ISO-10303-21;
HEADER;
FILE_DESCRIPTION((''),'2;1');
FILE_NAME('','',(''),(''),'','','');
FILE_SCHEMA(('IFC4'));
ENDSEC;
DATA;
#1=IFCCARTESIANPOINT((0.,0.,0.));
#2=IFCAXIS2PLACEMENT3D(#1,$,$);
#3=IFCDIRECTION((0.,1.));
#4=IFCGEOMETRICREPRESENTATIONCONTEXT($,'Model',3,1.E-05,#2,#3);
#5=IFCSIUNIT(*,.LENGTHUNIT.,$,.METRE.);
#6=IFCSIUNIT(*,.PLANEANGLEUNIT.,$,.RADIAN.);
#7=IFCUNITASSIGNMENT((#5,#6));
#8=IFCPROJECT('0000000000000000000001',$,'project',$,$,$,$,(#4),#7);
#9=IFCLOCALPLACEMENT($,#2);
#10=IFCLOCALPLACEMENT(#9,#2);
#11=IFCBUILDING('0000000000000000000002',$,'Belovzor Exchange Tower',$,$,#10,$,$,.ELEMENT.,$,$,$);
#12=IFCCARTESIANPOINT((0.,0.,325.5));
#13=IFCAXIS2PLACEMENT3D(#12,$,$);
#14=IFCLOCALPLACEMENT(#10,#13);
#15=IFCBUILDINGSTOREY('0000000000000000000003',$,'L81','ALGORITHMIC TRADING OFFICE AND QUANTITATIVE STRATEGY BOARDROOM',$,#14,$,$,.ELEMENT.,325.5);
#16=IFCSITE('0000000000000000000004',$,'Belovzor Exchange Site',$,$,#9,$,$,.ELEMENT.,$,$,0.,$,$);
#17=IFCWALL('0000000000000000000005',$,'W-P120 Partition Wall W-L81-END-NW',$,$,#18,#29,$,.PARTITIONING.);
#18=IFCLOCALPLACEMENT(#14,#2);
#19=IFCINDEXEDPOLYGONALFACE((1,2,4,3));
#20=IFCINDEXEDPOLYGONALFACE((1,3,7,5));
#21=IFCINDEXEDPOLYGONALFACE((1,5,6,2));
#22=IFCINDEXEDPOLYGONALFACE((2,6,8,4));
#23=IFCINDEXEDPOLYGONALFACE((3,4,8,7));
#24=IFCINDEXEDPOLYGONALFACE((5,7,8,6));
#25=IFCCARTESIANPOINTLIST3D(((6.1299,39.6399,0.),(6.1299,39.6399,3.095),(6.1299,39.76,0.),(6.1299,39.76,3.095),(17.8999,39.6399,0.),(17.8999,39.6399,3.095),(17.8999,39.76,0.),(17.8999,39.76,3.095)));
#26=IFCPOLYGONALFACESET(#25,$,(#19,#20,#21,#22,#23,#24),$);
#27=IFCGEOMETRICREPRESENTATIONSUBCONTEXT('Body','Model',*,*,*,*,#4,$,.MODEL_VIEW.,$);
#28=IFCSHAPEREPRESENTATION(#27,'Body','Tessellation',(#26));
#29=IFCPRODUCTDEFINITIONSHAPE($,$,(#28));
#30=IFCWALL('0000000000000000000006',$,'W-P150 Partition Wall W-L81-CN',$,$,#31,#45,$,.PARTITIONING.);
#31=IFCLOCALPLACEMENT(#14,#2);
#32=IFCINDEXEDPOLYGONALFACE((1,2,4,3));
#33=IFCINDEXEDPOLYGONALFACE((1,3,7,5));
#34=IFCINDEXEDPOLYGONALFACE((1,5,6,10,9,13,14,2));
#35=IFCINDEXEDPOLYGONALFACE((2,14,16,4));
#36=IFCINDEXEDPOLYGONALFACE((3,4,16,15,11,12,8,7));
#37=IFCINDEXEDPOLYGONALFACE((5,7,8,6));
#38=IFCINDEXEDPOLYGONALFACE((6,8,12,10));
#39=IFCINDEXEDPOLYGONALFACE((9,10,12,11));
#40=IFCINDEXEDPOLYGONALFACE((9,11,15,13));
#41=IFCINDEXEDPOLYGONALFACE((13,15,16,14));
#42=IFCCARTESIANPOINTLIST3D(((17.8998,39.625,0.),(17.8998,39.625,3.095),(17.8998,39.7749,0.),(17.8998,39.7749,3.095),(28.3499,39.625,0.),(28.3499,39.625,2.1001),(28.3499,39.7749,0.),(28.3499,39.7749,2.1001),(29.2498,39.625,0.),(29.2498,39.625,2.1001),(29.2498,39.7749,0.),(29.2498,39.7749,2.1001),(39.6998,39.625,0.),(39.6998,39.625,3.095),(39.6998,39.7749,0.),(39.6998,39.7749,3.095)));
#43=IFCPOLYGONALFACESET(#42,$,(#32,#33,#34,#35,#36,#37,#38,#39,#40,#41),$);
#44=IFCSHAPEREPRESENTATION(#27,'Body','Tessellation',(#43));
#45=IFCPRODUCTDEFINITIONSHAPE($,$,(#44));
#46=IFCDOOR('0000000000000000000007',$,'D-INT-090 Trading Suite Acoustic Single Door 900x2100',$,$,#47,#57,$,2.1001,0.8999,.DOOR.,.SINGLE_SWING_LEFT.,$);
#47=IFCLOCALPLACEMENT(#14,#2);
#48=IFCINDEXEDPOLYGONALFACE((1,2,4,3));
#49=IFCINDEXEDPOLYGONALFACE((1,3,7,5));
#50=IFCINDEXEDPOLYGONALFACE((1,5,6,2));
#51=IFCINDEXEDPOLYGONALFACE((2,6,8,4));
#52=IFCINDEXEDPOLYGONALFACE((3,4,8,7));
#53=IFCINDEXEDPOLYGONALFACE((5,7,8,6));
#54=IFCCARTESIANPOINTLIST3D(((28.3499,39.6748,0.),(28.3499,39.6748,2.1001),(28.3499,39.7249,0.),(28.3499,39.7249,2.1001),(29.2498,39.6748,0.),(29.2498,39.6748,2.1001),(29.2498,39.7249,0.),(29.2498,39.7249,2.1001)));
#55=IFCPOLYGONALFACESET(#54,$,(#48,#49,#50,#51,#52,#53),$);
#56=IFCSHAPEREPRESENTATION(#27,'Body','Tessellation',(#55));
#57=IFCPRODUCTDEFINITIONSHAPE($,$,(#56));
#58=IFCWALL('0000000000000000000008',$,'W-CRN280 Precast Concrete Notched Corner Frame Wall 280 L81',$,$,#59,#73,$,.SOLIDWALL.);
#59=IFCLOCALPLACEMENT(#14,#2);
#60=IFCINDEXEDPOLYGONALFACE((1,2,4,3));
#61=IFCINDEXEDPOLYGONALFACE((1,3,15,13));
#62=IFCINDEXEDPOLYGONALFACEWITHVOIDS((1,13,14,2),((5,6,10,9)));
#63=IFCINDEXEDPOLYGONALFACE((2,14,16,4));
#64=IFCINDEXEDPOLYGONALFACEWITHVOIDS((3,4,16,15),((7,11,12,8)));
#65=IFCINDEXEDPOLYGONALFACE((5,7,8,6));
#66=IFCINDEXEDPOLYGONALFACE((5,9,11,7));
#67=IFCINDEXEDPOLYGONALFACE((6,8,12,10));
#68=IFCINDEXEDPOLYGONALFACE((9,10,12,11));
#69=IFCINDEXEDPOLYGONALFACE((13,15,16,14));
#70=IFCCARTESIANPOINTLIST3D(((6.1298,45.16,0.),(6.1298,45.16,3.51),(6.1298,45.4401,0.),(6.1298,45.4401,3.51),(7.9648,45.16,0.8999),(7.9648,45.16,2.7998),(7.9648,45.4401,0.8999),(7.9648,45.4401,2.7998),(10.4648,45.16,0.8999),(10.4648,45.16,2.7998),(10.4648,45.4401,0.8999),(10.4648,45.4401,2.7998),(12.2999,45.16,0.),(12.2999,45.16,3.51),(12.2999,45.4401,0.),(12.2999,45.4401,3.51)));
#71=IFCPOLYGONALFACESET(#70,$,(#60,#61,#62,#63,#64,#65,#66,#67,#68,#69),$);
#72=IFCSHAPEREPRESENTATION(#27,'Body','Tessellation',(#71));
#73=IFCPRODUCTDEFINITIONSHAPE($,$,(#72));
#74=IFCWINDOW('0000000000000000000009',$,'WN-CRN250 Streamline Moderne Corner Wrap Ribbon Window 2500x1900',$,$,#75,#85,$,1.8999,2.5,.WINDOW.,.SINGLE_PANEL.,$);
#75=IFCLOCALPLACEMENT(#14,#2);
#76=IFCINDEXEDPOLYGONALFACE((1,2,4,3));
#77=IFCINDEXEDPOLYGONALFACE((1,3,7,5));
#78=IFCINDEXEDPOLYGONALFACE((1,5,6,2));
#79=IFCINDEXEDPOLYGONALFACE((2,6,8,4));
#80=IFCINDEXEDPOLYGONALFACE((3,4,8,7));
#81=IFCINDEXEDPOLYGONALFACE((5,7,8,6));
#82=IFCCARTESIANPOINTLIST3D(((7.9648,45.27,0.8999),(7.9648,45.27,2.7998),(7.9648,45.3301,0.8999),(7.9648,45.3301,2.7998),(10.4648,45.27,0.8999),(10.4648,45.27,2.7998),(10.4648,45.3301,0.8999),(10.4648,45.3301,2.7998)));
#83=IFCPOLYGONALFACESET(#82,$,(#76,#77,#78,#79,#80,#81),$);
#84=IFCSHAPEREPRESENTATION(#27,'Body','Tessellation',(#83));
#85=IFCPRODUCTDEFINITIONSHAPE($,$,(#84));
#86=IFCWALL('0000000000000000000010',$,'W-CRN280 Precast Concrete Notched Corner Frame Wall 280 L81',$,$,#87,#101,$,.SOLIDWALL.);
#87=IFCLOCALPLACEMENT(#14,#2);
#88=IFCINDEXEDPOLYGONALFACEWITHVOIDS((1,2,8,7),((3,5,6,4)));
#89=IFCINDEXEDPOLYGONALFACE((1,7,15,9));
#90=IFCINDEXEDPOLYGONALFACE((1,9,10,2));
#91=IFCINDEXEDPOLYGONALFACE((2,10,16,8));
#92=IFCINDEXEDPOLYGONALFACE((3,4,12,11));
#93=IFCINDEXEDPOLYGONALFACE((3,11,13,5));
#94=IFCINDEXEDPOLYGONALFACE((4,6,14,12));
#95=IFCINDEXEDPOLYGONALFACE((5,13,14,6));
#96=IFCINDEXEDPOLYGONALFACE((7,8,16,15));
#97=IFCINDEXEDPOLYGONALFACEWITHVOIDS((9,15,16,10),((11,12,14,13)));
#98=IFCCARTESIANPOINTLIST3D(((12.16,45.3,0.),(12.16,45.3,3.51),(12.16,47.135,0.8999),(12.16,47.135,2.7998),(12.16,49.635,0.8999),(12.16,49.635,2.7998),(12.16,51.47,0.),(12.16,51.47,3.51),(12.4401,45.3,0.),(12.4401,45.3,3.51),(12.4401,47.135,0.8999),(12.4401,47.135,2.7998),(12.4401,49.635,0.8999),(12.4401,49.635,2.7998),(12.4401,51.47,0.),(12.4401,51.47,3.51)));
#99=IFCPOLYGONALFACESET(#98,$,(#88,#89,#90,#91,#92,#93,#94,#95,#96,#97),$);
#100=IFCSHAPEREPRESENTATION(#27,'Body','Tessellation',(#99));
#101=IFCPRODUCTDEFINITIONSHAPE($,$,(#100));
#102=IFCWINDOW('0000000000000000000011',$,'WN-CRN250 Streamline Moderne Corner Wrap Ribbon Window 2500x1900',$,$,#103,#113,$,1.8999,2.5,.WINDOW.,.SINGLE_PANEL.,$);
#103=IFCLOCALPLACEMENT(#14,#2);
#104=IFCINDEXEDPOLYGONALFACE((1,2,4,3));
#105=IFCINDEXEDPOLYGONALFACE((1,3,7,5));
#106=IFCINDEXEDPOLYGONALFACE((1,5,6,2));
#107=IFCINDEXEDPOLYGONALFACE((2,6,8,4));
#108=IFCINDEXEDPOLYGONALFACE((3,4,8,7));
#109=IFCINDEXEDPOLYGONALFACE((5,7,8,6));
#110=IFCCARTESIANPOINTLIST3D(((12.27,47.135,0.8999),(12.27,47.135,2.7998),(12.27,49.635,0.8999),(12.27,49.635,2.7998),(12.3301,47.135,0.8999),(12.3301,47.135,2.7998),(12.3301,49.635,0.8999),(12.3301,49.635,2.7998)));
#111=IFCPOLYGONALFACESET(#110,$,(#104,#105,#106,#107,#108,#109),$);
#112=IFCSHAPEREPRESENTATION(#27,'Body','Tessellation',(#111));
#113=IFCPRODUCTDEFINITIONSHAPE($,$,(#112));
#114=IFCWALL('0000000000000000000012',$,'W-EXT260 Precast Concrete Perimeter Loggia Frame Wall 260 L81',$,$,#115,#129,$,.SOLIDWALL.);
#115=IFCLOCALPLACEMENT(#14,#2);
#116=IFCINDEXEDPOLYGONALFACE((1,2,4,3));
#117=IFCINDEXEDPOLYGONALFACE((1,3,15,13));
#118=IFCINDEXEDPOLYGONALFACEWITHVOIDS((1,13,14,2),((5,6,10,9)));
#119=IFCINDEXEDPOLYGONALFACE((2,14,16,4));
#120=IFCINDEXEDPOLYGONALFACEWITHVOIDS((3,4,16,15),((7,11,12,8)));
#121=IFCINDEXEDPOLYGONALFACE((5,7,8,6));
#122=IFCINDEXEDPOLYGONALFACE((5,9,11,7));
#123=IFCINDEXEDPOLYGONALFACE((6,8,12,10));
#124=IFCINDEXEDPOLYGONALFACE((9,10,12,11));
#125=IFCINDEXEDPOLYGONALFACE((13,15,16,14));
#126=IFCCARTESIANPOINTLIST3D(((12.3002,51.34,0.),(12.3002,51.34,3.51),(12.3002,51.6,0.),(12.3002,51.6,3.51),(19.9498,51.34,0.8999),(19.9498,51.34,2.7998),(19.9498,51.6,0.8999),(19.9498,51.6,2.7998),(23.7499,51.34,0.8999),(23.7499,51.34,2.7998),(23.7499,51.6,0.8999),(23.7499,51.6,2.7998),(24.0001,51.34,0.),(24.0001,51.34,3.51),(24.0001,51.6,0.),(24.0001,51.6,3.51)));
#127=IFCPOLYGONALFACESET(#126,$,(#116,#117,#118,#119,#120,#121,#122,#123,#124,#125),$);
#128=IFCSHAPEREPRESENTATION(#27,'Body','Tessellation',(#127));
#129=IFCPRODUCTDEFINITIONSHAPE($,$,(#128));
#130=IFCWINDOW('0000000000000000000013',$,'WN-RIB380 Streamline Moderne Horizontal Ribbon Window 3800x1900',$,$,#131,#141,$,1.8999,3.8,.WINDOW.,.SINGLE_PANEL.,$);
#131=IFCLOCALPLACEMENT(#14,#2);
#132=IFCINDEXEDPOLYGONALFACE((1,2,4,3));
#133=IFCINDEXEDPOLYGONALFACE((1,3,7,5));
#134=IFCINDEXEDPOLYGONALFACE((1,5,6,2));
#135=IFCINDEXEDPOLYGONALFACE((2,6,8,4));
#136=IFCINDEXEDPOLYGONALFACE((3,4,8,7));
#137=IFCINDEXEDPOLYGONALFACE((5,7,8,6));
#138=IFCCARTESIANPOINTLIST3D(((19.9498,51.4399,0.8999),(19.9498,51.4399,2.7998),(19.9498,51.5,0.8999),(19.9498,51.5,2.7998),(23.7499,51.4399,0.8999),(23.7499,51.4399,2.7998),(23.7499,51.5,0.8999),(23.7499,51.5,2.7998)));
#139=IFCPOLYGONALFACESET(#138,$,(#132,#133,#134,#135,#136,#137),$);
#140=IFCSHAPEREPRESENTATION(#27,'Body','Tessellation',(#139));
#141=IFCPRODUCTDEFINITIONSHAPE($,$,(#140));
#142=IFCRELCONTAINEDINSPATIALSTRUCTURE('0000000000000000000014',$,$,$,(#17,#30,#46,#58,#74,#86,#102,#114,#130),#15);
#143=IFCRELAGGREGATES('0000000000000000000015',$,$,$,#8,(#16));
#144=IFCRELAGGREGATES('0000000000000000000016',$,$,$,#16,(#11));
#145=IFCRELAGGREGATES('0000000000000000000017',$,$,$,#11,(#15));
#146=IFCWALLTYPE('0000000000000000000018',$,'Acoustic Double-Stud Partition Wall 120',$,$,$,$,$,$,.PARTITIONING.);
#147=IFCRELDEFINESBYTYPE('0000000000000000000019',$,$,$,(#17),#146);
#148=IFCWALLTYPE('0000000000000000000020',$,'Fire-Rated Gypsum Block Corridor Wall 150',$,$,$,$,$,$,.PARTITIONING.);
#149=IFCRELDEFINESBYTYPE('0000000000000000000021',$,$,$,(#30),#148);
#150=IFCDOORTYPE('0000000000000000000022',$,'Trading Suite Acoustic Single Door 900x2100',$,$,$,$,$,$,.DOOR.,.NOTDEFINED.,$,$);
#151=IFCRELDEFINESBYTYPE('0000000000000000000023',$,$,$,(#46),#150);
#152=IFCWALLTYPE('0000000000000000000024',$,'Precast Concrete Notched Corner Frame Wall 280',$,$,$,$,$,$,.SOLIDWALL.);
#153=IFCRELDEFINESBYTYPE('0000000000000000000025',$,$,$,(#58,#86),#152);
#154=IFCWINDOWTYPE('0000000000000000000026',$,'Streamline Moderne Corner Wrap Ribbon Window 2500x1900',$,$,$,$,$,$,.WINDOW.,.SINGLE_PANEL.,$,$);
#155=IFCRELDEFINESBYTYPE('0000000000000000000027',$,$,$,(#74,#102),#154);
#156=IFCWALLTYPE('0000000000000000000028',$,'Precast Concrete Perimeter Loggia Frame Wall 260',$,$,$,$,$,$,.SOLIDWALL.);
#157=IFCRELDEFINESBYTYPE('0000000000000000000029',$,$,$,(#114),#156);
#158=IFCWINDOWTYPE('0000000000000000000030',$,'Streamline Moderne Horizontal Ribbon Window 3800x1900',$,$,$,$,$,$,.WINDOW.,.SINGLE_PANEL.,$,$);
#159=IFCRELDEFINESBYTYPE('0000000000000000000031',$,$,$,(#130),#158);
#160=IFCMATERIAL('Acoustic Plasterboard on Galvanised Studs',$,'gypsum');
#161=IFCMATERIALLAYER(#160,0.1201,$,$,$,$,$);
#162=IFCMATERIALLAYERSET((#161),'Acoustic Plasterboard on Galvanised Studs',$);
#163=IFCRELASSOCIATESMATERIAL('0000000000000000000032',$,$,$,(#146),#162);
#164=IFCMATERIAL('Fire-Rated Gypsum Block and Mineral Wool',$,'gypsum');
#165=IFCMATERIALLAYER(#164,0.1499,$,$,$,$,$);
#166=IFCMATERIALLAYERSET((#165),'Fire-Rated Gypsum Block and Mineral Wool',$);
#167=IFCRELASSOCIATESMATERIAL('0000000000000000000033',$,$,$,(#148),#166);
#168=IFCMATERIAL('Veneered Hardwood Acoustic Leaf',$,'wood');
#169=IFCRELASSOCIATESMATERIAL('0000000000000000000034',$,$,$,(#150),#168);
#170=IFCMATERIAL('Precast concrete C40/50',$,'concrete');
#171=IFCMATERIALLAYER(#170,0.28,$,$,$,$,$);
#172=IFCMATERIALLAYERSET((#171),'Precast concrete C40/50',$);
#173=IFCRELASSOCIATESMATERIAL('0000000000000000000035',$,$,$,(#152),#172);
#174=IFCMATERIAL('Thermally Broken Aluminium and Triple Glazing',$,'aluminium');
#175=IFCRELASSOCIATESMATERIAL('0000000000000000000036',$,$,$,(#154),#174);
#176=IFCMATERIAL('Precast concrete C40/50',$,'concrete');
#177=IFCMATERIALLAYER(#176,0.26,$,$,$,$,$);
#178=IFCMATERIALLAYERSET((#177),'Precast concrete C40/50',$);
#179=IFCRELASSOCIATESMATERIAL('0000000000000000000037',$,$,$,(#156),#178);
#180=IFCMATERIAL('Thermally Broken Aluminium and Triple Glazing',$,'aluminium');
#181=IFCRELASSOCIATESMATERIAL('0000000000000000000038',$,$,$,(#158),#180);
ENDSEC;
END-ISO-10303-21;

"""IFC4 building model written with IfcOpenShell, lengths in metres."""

from ifc_helpers import new_model, si_unit, direction, frame, frame_2d, origin, place, context, subcontext, project, spatial, rectangle, extrude, material, layer, layer_set, type_object, element, fill, save


model = new_model("IFC4")

# Units and contexts
model_context = context("Model", 3, precision=1e-05, world=origin(), true_north=direction((0.0, 1.0)))
body_context = subcontext(model_context, "Body", "Model", "MODEL_VIEW")
ifc_project = project(units=[si_unit("LENGTHUNIT", "METRE"), si_unit("PLANEANGLEUNIT", "RADIAN")], contexts=[model_context])

# Site, building, storey
site_placement = place(None, origin())
site = spatial("IfcSite", under=ifc_project, at=site_placement, Name="Belovzor Exchange Site", CompositionType="ELEMENT", RefElevation=0.0)
building_placement = place(site_placement, origin())
building = spatial("IfcBuilding", under=site, at=building_placement, Name="Belovzor Exchange Tower", CompositionType="ELEMENT")
storey_placement = place(building_placement, frame((0.0, 0.0, 325.5)))
storey = spatial("IfcBuildingStorey", under=building, at=storey_placement, Name="L81", Description="ALGORITHMIC TRADING OFFICE AND QUANTITATIVE STRATEGY BOARDROOM", CompositionType="ELEMENT", Elevation=325.5)

# Wall
ifc_material_1 = material(Name="Acoustic Plasterboard on Galvanised Studs", Category="gypsum")
ifc_layer_1 = layer(ifc_material_1, 0.1201)
ifc_layer_set_1 = layer_set([ifc_layer_1], Name="Acoustic Plasterboard on Galvanised Studs")
wall_type_1 = type_object("IfcWallType", Name="Acoustic Double-Stud Partition Wall 120", PredefinedType="PARTITIONING", material=ifc_layer_set_1)
wall_1_placement = place(storey_placement, frame((6.1299, 39.7, 0.0), z_axis=(0.0, 0.0, 1.0), x_axis=(1.0, 0.0, 0.0)))
element("IfcWall", 1, at=wall_1_placement, inside=storey, type_object=wall_type_1, Name="W-P120 Partition Wall W-L81-END-NW", PredefinedType="PARTITIONING", context=body_context, shape_type="SweptSolid", body=[
    extrude(rectangle(XDim=11.77, YDim=0.1201, at=frame_2d((5.885, 0.0))), origin(), (0.0, 0.0, 1.0), 3.095),
])

# Wall, opening, door
ifc_material_2 = material(Name="Fire-Rated Gypsum Block and Mineral Wool", Category="gypsum")
ifc_layer_2 = layer(ifc_material_2, 0.1499)
ifc_layer_set_2 = layer_set([ifc_layer_2], Name="Fire-Rated Gypsum Block and Mineral Wool")
wall_type_2 = type_object("IfcWallType", Name="Fire-Rated Gypsum Block Corridor Wall 150", PredefinedType="PARTITIONING", material=ifc_layer_set_2)
wall_2_placement = place(storey_placement, frame((17.8999, 39.7, 0.0), z_axis=(0.0, 0.0, 1.0), x_axis=(1.0, 0.0, 0.0)))
wall_2 = element("IfcWall", 2, at=wall_2_placement, inside=storey, type_object=wall_type_2, Name="W-P150 Partition Wall W-L81-CN", PredefinedType="PARTITIONING", context=body_context, shape_type="SweptSolid", body=[
    extrude(rectangle(XDim=21.8, YDim=0.1499, at=frame_2d((10.8999, 0.0))), origin(), (0.0, 0.0, 1.0), 3.095),
])
opening_1_placement = place(wall_2_placement, frame((10.45, 0.0, 0.0)))
opening_1 = element("IfcOpeningElement", 3, at=opening_1_placement, cuts=wall_2, PredefinedType="OPENING", context=body_context, shape_type="SweptSolid", body=[
    extrude(rectangle(XDim=0.8999, YDim=2.1001, at=frame_2d((0.45, 1.05))), frame((0.0, 0.085, 0.0), z_axis=(0.0, -1.0, 0.0), x_axis=(1.0, 0.0, 0.0)), (0.0, 0.0, 1.0), 0.1699),
])
ifc_material_3 = material(Name="Veneered Hardwood Acoustic Leaf", Category="wood")
door_type = type_object("IfcDoorType", Name="Trading Suite Acoustic Single Door 900x2100", OperationType="NOTDEFINED", PredefinedType="DOOR", material=ifc_material_3)
door_placement = place(opening_1_placement, origin())
door = element("IfcDoor", 4, at=door_placement, inside=storey, type_object=door_type, Name="D-INT-090 Trading Suite Acoustic Single Door 900x2100", OperationType="SINGLE_SWING_LEFT", OverallHeight=2.1001, OverallWidth=0.8999, PredefinedType="DOOR", context=body_context, shape_type="SweptSolid", body=[
    extrude(rectangle(XDim=0.8999, YDim=2.1001, at=frame_2d((0.45, 1.05))), frame((0.0, 0.0249, 0.0), z_axis=(0.0, -1.0, 0.0), x_axis=(1.0, 0.0, 0.0)), (0.0, 0.0, 1.0), 0.05),
])
fill(opening_1, door)

# Walls, openings, windows
ifc_material_4 = material(Name="Precast concrete C40/50", Category="concrete")
ifc_layer_3 = layer(ifc_material_4, 0.28)
ifc_layer_set_3 = layer_set([ifc_layer_3], Name="Precast concrete C40/50")
wall_type_3 = type_object("IfcWallType", Name="Precast Concrete Notched Corner Frame Wall 280", PredefinedType="SOLIDWALL", material=ifc_layer_set_3)
wall_3_placement = place(storey_placement, frame((6.1299, 45.3, 0.0), z_axis=(0.0, 0.0, 1.0), x_axis=(1.0, 0.0, 0.0)))
wall_3 = element("IfcWall", 5, at=wall_3_placement, inside=storey, type_object=wall_type_3, Name="W-CRN280 Precast Concrete Notched Corner Frame Wall 280 L81", PredefinedType="SOLIDWALL", context=body_context, shape_type="SweptSolid", body=[
    extrude(rectangle(XDim=6.1702, YDim=0.28, at=frame_2d((3.085, 0.0))), origin(), (0.0, 0.0, 1.0), 3.51),
])
opening_2_placement = place(wall_3_placement, frame((1.835, 0.0, 0.8999)))
opening_2 = element("IfcOpeningElement", 6, at=opening_2_placement, cuts=wall_3, PredefinedType="OPENING", context=body_context, shape_type="SweptSolid", body=[
    extrude(rectangle(XDim=2.5, YDim=1.8999, at=frame_2d((1.25, 0.95))), frame((0.0, 0.1499, 0.0), z_axis=(0.0, -1.0, 0.0), x_axis=(1.0, 0.0, 0.0)), (0.0, 0.0, 1.0), 0.3),
])
ifc_material_5 = material(Name="Thermally Broken Aluminium and Triple Glazing", Category="aluminium")
window_type_1 = type_object("IfcWindowType", Name="Streamline Moderne Corner Wrap Ribbon Window 2500x1900", PartitioningType="SINGLE_PANEL", PredefinedType="WINDOW", material=ifc_material_5)
window_1_placement = place(opening_2_placement, origin())
window_1 = element("IfcWindow", 7, at=window_1_placement, inside=storey, type_object=window_type_1, Name="WN-CRN250 Streamline Moderne Corner Wrap Ribbon Window 2500x1900", OverallHeight=1.8999, OverallWidth=2.5, PartitioningType="SINGLE_PANEL", PredefinedType="WINDOW", context=body_context, shape_type="SweptSolid", body=[
    extrude(rectangle(XDim=2.5, YDim=1.8999, at=frame_2d((1.25, 0.95))), frame((0.0, 0.03, 0.0), z_axis=(0.0, -1.0, 0.0), x_axis=(1.0, 0.0, 0.0)), (0.0, 0.0, 1.0), 0.0601),
])
fill(opening_2, window_1)
wall_4_placement = place(storey_placement, frame((12.3, 45.3, 0.0), z_axis=(0.0, 0.0, 1.0), x_axis=(0.0, 1.0, 0.0)))
wall_4 = element("IfcWall", 8, at=wall_4_placement, inside=storey, type_object=wall_type_3, Name="W-CRN280 Precast Concrete Notched Corner Frame Wall 280 L81", PredefinedType="SOLIDWALL", context=body_context, shape_type="SweptSolid", body=[
    extrude(rectangle(XDim=6.1699, YDim=0.28, at=frame_2d((3.085, 0.0))), origin(), (0.0, 0.0, 1.0), 3.51),
])
opening_3_placement = place(wall_4_placement, frame((1.835, 0.0, 0.8999)))
opening_3 = element("IfcOpeningElement", 9, at=opening_3_placement, cuts=wall_4, PredefinedType="OPENING", context=body_context, shape_type="SweptSolid", body=[
    extrude(rectangle(XDim=2.5, YDim=1.8999, at=frame_2d((1.25, 0.95))), frame((0.0, 0.1499, 0.0), z_axis=(0.0, -1.0, 0.0), x_axis=(1.0, 0.0, 0.0)), (0.0, 0.0, 1.0), 0.3),
])
window_2_placement = place(opening_3_placement, origin())
window_2 = element("IfcWindow", 10, at=window_2_placement, inside=storey, type_object=window_type_1, Name="WN-CRN250 Streamline Moderne Corner Wrap Ribbon Window 2500x1900", OverallHeight=1.8999, OverallWidth=2.5, PartitioningType="SINGLE_PANEL", PredefinedType="WINDOW", context=body_context, shape_type="SweptSolid", body=[
    extrude(rectangle(XDim=2.5, YDim=1.8999, at=frame_2d((1.25, 0.95))), frame((0.0, 0.03, 0.0), z_axis=(0.0, -1.0, 0.0), x_axis=(1.0, 0.0, 0.0)), (0.0, 0.0, 1.0), 0.0601),
])
fill(opening_3, window_2)
ifc_material_6 = material(Name="Precast concrete C40/50", Category="concrete")
ifc_layer_4 = layer(ifc_material_6, 0.26)
ifc_layer_set_4 = layer_set([ifc_layer_4], Name="Precast concrete C40/50")
wall_type_4 = type_object("IfcWallType", Name="Precast Concrete Perimeter Loggia Frame Wall 260", PredefinedType="SOLIDWALL", material=ifc_layer_set_4)
wall_5_placement = place(storey_placement, frame((12.3, 51.47, 0.0), z_axis=(0.0, 0.0, 1.0), x_axis=(1.0, 0.0, 0.0)))
wall_5 = element("IfcWall", 11, at=wall_5_placement, inside=storey, type_object=wall_type_4, Name="W-EXT260 Precast Concrete Perimeter Loggia Frame Wall 260 L81", PredefinedType="SOLIDWALL", context=body_context, shape_type="SweptSolid", body=[
    extrude(rectangle(XDim=11.7, YDim=0.26, at=frame_2d((5.8501, 0.0))), origin(), (0.0, 0.0, 1.0), 3.51),
])
opening_4_placement = place(wall_5_placement, frame((7.6499, 0.0, 0.8999)))
opening_4 = element("IfcOpeningElement", 12, at=opening_4_placement, cuts=wall_5, PredefinedType="OPENING", context=body_context, shape_type="SweptSolid", body=[
    extrude(rectangle(XDim=3.8, YDim=1.8999, at=frame_2d((1.8999, 0.95))), frame((0.0, 0.1399, 0.0), z_axis=(0.0, -1.0, 0.0), x_axis=(1.0, 0.0, 0.0)), (0.0, 0.0, 1.0), 0.28),
])
ifc_material_7 = material(Name="Thermally Broken Aluminium and Triple Glazing", Category="aluminium")
window_type_2 = type_object("IfcWindowType", Name="Streamline Moderne Horizontal Ribbon Window 3800x1900", PartitioningType="SINGLE_PANEL", PredefinedType="WINDOW", material=ifc_material_7)
window_3_placement = place(opening_4_placement, origin())
window_3 = element("IfcWindow", 13, at=window_3_placement, inside=storey, type_object=window_type_2, Name="WN-RIB380 Streamline Moderne Horizontal Ribbon Window 3800x1900", OverallHeight=1.8999, OverallWidth=3.8, PartitioningType="SINGLE_PANEL", PredefinedType="WINDOW", context=body_context, shape_type="SweptSolid", body=[
    extrude(rectangle(XDim=3.8, YDim=1.8999, at=frame_2d((1.8999, 0.95))), frame((0.0, 0.03, 0.0), z_axis=(0.0, -1.0, 0.0), x_axis=(1.0, 0.0, 0.0)), (0.0, 0.0, 1.0), 0.0601),
])
fill(opening_4, window_3)

save(model, "model.ifc")
